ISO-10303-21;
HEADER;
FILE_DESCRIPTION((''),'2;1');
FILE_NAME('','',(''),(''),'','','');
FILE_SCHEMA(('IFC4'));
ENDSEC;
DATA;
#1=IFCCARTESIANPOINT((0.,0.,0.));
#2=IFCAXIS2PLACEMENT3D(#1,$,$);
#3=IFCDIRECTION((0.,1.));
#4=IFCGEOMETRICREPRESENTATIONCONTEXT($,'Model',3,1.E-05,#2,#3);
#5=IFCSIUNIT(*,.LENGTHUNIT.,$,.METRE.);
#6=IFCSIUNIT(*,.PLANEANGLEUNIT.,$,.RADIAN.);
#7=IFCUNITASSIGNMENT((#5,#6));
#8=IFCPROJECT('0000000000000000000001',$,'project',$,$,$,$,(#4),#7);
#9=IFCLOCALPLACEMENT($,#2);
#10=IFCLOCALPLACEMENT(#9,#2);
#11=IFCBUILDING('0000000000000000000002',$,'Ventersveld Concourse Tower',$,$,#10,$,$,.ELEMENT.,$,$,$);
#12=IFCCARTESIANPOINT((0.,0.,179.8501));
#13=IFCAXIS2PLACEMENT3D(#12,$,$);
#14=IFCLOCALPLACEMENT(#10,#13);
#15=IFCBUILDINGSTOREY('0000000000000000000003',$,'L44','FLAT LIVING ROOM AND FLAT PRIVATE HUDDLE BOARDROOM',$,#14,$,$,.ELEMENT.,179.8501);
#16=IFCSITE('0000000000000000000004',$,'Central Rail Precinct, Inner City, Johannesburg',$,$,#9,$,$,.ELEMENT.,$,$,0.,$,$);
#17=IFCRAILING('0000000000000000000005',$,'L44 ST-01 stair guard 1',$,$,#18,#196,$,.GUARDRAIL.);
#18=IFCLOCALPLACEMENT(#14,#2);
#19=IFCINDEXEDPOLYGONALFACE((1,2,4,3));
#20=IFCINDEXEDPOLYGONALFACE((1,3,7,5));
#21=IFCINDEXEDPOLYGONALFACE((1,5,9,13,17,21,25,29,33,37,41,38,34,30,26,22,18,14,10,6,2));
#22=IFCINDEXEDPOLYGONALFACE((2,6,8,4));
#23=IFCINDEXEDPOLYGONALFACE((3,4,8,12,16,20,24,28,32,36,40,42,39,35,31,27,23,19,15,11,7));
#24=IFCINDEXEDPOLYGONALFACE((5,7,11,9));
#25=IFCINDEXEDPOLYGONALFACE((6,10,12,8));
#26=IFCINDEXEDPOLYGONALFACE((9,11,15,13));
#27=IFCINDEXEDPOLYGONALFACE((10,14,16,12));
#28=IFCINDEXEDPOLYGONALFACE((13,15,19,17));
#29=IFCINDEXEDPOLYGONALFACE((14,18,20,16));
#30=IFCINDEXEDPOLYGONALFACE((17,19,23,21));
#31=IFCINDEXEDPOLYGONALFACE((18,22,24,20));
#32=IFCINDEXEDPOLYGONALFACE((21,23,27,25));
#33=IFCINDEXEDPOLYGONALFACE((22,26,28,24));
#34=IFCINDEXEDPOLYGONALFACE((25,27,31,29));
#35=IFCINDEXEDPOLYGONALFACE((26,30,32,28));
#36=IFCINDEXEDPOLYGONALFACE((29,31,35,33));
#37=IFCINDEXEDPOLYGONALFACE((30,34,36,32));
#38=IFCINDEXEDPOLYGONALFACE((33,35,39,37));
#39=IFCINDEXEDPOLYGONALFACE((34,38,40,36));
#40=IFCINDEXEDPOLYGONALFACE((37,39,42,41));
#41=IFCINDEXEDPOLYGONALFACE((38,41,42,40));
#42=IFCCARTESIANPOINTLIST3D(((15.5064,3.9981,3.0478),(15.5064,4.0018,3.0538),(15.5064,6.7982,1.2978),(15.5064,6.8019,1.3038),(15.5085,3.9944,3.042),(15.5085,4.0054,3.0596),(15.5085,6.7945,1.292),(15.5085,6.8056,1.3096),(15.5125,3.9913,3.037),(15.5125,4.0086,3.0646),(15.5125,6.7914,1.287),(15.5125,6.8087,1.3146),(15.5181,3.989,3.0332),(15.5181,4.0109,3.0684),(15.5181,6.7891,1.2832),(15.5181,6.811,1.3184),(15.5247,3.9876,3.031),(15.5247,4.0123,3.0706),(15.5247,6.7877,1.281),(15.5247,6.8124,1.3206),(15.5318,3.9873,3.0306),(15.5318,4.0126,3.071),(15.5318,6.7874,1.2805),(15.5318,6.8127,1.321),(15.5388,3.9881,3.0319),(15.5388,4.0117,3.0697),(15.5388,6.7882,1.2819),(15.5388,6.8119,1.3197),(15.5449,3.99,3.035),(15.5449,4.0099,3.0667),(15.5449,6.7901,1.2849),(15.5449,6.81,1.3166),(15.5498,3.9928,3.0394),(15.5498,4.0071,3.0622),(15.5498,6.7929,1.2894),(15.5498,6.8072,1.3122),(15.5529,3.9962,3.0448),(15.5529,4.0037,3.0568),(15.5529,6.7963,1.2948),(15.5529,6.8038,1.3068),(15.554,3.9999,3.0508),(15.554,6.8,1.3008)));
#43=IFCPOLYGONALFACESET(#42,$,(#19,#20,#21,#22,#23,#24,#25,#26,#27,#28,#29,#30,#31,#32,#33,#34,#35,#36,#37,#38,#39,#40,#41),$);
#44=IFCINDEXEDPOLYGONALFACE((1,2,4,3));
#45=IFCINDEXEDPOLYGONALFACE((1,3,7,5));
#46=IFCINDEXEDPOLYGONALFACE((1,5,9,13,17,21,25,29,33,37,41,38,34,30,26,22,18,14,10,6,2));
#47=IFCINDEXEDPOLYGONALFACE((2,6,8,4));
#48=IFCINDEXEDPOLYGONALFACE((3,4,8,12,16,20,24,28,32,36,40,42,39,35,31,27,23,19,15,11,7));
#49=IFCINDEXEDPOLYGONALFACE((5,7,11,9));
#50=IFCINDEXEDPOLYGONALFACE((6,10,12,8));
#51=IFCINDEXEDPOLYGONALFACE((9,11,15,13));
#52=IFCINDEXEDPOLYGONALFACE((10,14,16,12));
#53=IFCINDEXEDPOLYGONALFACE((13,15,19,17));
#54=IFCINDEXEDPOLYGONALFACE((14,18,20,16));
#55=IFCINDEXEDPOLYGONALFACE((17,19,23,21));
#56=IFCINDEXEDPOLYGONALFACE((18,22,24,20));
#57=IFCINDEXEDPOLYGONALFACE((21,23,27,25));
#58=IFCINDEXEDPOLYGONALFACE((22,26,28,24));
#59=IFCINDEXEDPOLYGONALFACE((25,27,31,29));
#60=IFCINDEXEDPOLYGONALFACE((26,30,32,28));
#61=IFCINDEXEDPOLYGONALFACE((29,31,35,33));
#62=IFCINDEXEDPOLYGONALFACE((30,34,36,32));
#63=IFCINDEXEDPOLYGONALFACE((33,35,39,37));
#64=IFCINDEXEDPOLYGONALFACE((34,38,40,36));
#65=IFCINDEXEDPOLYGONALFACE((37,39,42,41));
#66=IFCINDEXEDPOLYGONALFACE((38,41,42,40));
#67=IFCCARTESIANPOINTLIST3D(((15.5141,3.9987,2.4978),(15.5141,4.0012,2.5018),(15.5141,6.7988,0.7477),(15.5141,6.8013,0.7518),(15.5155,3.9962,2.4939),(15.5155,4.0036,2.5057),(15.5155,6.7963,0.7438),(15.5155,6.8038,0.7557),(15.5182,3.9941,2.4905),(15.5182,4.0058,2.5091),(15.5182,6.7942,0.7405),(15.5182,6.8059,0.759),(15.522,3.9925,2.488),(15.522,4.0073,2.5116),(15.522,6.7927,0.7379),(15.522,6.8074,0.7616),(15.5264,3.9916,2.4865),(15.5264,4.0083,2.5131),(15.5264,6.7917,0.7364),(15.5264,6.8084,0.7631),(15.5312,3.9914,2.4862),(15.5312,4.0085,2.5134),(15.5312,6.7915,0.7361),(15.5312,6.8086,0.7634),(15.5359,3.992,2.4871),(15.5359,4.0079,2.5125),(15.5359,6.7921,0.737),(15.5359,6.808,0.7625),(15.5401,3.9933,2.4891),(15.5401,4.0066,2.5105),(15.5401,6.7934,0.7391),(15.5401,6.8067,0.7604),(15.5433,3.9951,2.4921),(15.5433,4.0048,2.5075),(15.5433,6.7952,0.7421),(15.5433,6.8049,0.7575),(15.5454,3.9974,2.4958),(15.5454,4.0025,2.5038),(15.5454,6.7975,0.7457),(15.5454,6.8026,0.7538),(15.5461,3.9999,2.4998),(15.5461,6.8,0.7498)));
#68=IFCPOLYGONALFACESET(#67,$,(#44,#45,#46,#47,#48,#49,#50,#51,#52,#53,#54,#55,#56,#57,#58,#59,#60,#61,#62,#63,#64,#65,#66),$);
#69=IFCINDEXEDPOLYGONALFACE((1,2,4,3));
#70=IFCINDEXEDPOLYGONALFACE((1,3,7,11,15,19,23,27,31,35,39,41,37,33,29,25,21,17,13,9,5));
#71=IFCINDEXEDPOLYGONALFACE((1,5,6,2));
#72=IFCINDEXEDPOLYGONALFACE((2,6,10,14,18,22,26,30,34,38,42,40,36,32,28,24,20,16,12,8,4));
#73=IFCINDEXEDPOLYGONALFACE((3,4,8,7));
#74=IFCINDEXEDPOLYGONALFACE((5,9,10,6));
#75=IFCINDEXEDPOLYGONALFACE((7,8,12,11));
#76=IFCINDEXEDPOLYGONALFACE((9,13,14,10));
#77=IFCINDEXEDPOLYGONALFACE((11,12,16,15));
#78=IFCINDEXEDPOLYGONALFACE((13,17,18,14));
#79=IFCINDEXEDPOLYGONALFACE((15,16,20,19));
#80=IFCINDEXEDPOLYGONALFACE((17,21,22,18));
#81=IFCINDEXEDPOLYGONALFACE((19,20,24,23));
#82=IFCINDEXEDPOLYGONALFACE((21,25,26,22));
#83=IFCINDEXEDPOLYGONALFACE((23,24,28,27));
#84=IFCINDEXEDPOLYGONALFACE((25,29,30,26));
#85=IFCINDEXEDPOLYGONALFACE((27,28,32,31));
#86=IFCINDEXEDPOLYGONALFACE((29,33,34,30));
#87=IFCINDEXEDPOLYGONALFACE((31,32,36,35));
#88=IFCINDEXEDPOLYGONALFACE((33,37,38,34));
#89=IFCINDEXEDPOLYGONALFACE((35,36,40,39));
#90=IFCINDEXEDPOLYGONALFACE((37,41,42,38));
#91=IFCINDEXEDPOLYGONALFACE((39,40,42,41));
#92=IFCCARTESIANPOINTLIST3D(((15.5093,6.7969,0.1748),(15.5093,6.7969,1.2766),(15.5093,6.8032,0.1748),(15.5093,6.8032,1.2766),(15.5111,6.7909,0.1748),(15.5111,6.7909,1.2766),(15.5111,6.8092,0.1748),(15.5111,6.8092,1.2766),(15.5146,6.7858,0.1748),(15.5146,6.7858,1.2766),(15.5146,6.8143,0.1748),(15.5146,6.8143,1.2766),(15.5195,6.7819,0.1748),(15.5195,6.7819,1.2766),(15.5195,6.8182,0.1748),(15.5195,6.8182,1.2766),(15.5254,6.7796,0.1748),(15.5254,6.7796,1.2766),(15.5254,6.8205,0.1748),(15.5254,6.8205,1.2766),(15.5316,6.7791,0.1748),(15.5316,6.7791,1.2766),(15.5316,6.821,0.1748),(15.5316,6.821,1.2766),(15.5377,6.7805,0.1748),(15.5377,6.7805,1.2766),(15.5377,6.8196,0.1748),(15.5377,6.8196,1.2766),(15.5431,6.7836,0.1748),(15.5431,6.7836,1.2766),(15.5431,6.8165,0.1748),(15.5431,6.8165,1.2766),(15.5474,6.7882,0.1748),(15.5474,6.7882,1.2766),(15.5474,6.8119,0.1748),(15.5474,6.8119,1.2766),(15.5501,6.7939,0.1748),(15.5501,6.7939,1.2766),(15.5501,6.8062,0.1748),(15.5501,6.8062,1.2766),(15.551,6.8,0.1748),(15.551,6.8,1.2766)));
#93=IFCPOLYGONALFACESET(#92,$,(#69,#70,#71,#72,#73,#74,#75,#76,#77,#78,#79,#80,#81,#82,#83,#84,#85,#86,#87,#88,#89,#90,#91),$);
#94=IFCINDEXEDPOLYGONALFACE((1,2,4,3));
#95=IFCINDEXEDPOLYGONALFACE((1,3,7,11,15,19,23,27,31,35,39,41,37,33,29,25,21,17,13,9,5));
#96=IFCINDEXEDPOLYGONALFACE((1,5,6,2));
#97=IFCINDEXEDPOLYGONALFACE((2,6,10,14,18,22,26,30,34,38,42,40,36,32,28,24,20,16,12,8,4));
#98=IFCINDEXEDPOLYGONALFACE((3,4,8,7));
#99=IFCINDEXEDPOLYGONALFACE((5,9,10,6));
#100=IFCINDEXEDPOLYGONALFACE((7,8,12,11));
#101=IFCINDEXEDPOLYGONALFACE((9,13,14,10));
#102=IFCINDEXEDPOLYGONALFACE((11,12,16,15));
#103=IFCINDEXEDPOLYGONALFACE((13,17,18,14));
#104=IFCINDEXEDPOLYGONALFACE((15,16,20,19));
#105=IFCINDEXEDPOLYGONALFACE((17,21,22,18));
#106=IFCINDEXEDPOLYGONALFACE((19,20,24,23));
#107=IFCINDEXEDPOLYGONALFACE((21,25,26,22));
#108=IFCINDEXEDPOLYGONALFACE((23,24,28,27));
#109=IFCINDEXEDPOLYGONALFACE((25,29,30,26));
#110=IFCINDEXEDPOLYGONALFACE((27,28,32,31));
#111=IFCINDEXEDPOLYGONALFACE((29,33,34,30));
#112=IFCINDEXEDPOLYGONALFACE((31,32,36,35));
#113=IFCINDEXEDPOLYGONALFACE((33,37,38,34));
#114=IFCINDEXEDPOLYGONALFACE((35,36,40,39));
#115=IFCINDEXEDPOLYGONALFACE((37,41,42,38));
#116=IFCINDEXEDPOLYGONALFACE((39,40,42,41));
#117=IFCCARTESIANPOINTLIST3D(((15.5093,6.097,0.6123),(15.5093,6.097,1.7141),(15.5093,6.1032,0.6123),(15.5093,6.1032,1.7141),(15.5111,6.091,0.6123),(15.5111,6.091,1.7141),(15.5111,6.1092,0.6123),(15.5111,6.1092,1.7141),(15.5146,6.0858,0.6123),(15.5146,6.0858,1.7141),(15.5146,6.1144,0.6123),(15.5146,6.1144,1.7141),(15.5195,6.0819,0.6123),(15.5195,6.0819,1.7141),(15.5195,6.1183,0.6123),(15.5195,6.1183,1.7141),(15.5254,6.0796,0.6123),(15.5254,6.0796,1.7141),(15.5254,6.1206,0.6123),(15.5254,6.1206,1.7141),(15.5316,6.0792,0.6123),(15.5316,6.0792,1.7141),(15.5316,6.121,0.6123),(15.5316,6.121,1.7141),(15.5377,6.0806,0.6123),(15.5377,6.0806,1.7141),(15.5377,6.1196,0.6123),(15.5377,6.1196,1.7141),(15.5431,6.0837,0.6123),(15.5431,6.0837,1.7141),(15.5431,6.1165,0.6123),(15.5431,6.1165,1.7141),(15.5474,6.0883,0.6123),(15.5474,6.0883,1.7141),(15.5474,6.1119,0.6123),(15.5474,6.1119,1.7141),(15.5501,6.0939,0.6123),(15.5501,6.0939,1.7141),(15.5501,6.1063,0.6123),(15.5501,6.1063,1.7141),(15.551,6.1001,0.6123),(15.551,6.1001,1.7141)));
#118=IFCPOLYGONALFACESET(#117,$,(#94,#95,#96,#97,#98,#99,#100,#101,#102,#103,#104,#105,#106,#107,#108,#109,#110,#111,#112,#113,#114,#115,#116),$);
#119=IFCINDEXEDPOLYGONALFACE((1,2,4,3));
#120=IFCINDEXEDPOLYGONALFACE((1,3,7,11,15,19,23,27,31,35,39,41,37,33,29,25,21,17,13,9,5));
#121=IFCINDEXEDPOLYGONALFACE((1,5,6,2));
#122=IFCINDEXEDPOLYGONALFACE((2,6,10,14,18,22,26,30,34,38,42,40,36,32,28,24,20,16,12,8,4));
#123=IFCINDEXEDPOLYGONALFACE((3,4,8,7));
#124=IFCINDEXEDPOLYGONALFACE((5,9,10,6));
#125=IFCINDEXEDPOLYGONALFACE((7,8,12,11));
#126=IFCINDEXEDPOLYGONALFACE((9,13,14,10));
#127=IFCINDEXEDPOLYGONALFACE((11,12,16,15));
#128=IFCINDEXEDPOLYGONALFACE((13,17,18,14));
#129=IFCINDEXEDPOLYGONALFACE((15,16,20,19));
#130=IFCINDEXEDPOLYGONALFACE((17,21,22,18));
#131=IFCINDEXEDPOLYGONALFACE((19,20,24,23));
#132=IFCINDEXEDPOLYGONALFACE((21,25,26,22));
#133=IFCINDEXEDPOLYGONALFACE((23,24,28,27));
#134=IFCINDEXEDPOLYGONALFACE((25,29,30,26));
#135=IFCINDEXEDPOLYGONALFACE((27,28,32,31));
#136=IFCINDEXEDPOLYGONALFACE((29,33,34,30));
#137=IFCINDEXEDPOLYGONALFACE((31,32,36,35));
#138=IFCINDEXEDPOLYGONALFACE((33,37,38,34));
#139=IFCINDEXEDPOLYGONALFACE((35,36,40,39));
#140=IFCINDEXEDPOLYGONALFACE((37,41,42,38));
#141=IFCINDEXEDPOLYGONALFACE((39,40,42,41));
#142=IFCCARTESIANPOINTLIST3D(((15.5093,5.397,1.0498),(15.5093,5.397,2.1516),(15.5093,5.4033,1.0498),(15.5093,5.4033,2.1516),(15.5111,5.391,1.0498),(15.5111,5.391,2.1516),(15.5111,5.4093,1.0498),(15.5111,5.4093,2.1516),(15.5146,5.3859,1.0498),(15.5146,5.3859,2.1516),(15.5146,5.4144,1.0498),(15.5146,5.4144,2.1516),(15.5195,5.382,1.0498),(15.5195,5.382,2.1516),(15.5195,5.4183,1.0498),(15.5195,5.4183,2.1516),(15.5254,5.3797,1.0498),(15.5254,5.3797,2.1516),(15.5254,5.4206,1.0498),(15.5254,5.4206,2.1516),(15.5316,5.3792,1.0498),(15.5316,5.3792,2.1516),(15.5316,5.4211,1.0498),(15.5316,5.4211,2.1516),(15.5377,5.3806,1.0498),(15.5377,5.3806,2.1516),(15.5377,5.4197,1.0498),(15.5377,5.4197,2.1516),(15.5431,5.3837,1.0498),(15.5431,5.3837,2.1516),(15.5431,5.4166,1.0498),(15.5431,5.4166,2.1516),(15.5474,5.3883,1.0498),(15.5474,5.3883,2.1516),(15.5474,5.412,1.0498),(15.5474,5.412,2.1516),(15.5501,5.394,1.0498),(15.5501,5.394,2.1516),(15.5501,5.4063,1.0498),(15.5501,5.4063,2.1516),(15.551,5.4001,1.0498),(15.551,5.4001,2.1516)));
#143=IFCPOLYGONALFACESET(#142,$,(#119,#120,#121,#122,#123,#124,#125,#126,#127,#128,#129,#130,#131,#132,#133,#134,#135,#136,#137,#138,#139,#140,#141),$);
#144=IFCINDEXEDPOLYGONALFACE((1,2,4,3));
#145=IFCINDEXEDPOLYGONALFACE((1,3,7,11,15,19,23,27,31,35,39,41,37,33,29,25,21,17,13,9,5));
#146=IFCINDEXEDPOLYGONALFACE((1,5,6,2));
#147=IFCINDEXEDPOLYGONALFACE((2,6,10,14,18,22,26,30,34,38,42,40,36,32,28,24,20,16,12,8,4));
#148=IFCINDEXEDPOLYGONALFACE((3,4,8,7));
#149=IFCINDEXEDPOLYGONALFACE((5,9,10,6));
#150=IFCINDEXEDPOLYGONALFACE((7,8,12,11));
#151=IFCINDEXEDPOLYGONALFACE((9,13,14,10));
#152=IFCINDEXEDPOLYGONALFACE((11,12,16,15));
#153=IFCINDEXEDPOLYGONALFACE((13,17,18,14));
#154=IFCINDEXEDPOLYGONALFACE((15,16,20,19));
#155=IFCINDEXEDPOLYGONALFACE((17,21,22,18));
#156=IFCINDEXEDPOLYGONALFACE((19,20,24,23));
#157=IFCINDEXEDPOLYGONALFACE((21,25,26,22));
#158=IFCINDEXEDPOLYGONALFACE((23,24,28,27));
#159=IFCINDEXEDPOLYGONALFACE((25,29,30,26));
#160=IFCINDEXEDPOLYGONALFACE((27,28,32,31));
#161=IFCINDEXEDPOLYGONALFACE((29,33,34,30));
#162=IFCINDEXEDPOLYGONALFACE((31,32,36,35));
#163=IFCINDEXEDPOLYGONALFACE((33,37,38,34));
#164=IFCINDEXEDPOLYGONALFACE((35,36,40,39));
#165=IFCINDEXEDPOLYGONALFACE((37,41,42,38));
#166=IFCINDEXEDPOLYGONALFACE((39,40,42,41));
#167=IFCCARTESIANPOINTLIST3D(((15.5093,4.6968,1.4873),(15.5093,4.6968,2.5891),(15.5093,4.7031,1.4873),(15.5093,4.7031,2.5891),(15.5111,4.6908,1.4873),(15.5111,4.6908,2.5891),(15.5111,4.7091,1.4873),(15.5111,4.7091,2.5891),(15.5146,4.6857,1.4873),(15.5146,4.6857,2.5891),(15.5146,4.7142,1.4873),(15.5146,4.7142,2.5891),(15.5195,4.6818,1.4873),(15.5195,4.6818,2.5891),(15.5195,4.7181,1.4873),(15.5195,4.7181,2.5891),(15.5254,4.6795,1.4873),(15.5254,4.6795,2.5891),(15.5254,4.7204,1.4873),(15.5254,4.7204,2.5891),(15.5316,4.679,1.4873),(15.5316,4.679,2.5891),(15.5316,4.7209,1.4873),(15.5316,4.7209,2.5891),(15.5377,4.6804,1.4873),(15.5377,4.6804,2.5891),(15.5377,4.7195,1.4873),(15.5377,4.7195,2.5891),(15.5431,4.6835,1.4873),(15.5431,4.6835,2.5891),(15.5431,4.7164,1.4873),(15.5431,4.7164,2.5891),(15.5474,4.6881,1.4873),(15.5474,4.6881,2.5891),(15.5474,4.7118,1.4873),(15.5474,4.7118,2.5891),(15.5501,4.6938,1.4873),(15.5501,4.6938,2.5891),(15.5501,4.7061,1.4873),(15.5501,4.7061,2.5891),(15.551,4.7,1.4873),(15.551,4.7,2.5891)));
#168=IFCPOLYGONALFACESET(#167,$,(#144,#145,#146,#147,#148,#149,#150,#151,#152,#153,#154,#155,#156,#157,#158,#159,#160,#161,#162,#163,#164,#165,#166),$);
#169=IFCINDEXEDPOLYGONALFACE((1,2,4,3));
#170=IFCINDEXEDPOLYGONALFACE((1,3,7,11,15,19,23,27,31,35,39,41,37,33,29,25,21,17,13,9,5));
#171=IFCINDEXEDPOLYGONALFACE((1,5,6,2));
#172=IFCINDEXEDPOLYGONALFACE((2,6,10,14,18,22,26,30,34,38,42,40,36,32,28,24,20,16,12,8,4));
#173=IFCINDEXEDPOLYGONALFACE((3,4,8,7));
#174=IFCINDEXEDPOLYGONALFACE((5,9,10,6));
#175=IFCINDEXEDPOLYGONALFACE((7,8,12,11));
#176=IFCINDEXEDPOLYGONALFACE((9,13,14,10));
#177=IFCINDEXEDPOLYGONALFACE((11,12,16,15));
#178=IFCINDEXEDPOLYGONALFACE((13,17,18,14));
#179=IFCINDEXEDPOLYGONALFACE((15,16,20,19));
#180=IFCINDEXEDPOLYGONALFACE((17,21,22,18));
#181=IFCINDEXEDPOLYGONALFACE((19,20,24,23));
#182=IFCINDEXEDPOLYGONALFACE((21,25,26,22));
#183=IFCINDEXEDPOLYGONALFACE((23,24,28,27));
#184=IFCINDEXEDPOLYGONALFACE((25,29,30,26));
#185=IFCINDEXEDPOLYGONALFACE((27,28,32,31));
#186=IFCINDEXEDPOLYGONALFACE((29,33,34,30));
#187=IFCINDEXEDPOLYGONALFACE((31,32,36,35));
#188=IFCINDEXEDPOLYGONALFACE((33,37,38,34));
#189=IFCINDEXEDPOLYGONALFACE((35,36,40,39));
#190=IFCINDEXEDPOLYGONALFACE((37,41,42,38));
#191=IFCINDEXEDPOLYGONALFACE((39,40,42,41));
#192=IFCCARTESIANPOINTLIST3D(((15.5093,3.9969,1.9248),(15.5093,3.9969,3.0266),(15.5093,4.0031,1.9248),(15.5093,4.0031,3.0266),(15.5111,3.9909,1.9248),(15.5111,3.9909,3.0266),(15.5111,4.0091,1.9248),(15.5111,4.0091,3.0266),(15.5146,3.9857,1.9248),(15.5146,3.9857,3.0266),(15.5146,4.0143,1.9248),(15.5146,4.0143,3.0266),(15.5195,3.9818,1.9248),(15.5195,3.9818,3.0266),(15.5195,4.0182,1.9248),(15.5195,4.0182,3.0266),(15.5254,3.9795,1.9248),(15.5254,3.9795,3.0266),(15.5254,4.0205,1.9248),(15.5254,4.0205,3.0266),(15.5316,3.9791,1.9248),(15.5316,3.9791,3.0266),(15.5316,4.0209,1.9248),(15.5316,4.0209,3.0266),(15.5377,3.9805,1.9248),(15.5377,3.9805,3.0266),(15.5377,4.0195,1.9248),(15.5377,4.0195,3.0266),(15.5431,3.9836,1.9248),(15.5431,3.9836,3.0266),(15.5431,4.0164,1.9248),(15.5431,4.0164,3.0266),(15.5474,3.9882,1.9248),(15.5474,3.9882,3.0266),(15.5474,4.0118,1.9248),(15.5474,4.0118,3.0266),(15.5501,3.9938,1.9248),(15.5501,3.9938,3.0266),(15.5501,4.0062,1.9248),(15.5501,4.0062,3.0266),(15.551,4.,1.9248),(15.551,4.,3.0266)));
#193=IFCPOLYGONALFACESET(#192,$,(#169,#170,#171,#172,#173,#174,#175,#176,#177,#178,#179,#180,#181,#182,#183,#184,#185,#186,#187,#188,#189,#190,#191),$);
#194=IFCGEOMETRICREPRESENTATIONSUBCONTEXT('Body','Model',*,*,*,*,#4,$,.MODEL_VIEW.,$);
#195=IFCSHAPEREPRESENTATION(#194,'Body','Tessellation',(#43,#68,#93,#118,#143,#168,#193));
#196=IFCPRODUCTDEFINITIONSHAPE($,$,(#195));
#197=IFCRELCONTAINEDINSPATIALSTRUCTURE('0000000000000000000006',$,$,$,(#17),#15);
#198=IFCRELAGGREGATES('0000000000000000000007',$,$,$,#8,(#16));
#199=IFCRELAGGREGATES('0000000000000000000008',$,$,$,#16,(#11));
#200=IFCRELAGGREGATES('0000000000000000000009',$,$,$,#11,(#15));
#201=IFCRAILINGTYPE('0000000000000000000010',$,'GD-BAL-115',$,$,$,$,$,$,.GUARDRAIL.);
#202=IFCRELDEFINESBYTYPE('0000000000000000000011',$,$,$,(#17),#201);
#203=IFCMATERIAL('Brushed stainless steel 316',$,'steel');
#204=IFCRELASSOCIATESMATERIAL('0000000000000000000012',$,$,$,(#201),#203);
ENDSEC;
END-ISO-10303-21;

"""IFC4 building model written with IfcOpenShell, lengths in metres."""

from ifc_helpers import new_model, si_unit, direction, frame, origin, origin_2d, place, context, subcontext, project, spatial, circle, extrude, material, type_object, element, save


model = new_model("IFC4")

# Units and contexts
model_context = context("Model", 3, precision=1e-05, world=origin(), true_north=direction((0.0, 1.0)))
body_context = subcontext(model_context, "Body", "Model", "MODEL_VIEW")
ifc_project = project(units=[si_unit("LENGTHUNIT", "METRE"), si_unit("PLANEANGLEUNIT", "RADIAN")], contexts=[model_context])

# Site, building, storey
site_placement = place(None, origin())
site = spatial("IfcSite", under=ifc_project, at=site_placement, Name="Central Rail Precinct, Inner City, Johannesburg", CompositionType="ELEMENT", RefElevation=0.0)
building_placement = place(site_placement, origin())
building = spatial("IfcBuilding", under=site, at=building_placement, Name="Ventersveld Concourse Tower", CompositionType="ELEMENT")
storey_placement = place(building_placement, frame((0.0, 0.0, 179.8501)))
storey = spatial("IfcBuildingStorey", under=building, at=storey_placement, Name="L44", Description="FLAT LIVING ROOM AND FLAT PRIVATE HUDDLE BOARDROOM", CompositionType="ELEMENT", Elevation=179.8501)

# Shared definitions
ifc_material_1 = material(Name="Brushed stainless steel 316", Category="steel")

# Railing
railing_type = type_object("IfcRailingType", Name="GD-BAL-115", PredefinedType="GUARDRAIL", material=ifc_material_1)
railing_1_placement = place(storey_placement, frame((15.53, 6.8, 0.1748)))
element("IfcRailing", 1, at=railing_1_placement, inside=storey, type_object=railing_type, Name="L44 ST-01 stair guard 1", PredefinedType="GUARDRAIL", context=body_context, shape_type="SweptSolid", body=[
    extrude(circle(Radius=0.0239, at=origin_2d()), frame((0.0, 0.0, 1.126), z_axis=(0.0, -0.848002, 0.529992), x_axis=(1.0, 0.0, 0.0)), (0.0, 0.0, 1.0), 3.302),
    extrude(circle(Radius=0.0161, at=origin_2d()), frame((0.0, 0.0, 0.575), z_axis=(0.0, -0.848002, 0.529992), x_axis=(1.0, 0.0, 0.0)), (0.0, 0.0, 1.0), 3.302),
    extrude(circle(Radius=0.021, at=origin_2d()), origin(), (0.0, 0.0, 1.0), 1.1018),
    extrude(circle(Radius=0.021, at=origin_2d()), frame((0.0, -0.7, 0.4375)), (0.0, 0.0, 1.0), 1.1018),
    extrude(circle(Radius=0.021, at=origin_2d()), frame((0.0, -1.3999, 0.875)), (0.0, 0.0, 1.0), 1.1018),
    extrude(circle(Radius=0.021, at=origin_2d()), frame((0.0, -2.1001, 1.3125)), (0.0, 0.0, 1.0), 1.1018),
    extrude(circle(Radius=0.021, at=origin_2d()), frame((0.0, -2.8, 1.75)), (0.0, 0.0, 1.0), 1.1018),
])

save(model, "model.ifc")
